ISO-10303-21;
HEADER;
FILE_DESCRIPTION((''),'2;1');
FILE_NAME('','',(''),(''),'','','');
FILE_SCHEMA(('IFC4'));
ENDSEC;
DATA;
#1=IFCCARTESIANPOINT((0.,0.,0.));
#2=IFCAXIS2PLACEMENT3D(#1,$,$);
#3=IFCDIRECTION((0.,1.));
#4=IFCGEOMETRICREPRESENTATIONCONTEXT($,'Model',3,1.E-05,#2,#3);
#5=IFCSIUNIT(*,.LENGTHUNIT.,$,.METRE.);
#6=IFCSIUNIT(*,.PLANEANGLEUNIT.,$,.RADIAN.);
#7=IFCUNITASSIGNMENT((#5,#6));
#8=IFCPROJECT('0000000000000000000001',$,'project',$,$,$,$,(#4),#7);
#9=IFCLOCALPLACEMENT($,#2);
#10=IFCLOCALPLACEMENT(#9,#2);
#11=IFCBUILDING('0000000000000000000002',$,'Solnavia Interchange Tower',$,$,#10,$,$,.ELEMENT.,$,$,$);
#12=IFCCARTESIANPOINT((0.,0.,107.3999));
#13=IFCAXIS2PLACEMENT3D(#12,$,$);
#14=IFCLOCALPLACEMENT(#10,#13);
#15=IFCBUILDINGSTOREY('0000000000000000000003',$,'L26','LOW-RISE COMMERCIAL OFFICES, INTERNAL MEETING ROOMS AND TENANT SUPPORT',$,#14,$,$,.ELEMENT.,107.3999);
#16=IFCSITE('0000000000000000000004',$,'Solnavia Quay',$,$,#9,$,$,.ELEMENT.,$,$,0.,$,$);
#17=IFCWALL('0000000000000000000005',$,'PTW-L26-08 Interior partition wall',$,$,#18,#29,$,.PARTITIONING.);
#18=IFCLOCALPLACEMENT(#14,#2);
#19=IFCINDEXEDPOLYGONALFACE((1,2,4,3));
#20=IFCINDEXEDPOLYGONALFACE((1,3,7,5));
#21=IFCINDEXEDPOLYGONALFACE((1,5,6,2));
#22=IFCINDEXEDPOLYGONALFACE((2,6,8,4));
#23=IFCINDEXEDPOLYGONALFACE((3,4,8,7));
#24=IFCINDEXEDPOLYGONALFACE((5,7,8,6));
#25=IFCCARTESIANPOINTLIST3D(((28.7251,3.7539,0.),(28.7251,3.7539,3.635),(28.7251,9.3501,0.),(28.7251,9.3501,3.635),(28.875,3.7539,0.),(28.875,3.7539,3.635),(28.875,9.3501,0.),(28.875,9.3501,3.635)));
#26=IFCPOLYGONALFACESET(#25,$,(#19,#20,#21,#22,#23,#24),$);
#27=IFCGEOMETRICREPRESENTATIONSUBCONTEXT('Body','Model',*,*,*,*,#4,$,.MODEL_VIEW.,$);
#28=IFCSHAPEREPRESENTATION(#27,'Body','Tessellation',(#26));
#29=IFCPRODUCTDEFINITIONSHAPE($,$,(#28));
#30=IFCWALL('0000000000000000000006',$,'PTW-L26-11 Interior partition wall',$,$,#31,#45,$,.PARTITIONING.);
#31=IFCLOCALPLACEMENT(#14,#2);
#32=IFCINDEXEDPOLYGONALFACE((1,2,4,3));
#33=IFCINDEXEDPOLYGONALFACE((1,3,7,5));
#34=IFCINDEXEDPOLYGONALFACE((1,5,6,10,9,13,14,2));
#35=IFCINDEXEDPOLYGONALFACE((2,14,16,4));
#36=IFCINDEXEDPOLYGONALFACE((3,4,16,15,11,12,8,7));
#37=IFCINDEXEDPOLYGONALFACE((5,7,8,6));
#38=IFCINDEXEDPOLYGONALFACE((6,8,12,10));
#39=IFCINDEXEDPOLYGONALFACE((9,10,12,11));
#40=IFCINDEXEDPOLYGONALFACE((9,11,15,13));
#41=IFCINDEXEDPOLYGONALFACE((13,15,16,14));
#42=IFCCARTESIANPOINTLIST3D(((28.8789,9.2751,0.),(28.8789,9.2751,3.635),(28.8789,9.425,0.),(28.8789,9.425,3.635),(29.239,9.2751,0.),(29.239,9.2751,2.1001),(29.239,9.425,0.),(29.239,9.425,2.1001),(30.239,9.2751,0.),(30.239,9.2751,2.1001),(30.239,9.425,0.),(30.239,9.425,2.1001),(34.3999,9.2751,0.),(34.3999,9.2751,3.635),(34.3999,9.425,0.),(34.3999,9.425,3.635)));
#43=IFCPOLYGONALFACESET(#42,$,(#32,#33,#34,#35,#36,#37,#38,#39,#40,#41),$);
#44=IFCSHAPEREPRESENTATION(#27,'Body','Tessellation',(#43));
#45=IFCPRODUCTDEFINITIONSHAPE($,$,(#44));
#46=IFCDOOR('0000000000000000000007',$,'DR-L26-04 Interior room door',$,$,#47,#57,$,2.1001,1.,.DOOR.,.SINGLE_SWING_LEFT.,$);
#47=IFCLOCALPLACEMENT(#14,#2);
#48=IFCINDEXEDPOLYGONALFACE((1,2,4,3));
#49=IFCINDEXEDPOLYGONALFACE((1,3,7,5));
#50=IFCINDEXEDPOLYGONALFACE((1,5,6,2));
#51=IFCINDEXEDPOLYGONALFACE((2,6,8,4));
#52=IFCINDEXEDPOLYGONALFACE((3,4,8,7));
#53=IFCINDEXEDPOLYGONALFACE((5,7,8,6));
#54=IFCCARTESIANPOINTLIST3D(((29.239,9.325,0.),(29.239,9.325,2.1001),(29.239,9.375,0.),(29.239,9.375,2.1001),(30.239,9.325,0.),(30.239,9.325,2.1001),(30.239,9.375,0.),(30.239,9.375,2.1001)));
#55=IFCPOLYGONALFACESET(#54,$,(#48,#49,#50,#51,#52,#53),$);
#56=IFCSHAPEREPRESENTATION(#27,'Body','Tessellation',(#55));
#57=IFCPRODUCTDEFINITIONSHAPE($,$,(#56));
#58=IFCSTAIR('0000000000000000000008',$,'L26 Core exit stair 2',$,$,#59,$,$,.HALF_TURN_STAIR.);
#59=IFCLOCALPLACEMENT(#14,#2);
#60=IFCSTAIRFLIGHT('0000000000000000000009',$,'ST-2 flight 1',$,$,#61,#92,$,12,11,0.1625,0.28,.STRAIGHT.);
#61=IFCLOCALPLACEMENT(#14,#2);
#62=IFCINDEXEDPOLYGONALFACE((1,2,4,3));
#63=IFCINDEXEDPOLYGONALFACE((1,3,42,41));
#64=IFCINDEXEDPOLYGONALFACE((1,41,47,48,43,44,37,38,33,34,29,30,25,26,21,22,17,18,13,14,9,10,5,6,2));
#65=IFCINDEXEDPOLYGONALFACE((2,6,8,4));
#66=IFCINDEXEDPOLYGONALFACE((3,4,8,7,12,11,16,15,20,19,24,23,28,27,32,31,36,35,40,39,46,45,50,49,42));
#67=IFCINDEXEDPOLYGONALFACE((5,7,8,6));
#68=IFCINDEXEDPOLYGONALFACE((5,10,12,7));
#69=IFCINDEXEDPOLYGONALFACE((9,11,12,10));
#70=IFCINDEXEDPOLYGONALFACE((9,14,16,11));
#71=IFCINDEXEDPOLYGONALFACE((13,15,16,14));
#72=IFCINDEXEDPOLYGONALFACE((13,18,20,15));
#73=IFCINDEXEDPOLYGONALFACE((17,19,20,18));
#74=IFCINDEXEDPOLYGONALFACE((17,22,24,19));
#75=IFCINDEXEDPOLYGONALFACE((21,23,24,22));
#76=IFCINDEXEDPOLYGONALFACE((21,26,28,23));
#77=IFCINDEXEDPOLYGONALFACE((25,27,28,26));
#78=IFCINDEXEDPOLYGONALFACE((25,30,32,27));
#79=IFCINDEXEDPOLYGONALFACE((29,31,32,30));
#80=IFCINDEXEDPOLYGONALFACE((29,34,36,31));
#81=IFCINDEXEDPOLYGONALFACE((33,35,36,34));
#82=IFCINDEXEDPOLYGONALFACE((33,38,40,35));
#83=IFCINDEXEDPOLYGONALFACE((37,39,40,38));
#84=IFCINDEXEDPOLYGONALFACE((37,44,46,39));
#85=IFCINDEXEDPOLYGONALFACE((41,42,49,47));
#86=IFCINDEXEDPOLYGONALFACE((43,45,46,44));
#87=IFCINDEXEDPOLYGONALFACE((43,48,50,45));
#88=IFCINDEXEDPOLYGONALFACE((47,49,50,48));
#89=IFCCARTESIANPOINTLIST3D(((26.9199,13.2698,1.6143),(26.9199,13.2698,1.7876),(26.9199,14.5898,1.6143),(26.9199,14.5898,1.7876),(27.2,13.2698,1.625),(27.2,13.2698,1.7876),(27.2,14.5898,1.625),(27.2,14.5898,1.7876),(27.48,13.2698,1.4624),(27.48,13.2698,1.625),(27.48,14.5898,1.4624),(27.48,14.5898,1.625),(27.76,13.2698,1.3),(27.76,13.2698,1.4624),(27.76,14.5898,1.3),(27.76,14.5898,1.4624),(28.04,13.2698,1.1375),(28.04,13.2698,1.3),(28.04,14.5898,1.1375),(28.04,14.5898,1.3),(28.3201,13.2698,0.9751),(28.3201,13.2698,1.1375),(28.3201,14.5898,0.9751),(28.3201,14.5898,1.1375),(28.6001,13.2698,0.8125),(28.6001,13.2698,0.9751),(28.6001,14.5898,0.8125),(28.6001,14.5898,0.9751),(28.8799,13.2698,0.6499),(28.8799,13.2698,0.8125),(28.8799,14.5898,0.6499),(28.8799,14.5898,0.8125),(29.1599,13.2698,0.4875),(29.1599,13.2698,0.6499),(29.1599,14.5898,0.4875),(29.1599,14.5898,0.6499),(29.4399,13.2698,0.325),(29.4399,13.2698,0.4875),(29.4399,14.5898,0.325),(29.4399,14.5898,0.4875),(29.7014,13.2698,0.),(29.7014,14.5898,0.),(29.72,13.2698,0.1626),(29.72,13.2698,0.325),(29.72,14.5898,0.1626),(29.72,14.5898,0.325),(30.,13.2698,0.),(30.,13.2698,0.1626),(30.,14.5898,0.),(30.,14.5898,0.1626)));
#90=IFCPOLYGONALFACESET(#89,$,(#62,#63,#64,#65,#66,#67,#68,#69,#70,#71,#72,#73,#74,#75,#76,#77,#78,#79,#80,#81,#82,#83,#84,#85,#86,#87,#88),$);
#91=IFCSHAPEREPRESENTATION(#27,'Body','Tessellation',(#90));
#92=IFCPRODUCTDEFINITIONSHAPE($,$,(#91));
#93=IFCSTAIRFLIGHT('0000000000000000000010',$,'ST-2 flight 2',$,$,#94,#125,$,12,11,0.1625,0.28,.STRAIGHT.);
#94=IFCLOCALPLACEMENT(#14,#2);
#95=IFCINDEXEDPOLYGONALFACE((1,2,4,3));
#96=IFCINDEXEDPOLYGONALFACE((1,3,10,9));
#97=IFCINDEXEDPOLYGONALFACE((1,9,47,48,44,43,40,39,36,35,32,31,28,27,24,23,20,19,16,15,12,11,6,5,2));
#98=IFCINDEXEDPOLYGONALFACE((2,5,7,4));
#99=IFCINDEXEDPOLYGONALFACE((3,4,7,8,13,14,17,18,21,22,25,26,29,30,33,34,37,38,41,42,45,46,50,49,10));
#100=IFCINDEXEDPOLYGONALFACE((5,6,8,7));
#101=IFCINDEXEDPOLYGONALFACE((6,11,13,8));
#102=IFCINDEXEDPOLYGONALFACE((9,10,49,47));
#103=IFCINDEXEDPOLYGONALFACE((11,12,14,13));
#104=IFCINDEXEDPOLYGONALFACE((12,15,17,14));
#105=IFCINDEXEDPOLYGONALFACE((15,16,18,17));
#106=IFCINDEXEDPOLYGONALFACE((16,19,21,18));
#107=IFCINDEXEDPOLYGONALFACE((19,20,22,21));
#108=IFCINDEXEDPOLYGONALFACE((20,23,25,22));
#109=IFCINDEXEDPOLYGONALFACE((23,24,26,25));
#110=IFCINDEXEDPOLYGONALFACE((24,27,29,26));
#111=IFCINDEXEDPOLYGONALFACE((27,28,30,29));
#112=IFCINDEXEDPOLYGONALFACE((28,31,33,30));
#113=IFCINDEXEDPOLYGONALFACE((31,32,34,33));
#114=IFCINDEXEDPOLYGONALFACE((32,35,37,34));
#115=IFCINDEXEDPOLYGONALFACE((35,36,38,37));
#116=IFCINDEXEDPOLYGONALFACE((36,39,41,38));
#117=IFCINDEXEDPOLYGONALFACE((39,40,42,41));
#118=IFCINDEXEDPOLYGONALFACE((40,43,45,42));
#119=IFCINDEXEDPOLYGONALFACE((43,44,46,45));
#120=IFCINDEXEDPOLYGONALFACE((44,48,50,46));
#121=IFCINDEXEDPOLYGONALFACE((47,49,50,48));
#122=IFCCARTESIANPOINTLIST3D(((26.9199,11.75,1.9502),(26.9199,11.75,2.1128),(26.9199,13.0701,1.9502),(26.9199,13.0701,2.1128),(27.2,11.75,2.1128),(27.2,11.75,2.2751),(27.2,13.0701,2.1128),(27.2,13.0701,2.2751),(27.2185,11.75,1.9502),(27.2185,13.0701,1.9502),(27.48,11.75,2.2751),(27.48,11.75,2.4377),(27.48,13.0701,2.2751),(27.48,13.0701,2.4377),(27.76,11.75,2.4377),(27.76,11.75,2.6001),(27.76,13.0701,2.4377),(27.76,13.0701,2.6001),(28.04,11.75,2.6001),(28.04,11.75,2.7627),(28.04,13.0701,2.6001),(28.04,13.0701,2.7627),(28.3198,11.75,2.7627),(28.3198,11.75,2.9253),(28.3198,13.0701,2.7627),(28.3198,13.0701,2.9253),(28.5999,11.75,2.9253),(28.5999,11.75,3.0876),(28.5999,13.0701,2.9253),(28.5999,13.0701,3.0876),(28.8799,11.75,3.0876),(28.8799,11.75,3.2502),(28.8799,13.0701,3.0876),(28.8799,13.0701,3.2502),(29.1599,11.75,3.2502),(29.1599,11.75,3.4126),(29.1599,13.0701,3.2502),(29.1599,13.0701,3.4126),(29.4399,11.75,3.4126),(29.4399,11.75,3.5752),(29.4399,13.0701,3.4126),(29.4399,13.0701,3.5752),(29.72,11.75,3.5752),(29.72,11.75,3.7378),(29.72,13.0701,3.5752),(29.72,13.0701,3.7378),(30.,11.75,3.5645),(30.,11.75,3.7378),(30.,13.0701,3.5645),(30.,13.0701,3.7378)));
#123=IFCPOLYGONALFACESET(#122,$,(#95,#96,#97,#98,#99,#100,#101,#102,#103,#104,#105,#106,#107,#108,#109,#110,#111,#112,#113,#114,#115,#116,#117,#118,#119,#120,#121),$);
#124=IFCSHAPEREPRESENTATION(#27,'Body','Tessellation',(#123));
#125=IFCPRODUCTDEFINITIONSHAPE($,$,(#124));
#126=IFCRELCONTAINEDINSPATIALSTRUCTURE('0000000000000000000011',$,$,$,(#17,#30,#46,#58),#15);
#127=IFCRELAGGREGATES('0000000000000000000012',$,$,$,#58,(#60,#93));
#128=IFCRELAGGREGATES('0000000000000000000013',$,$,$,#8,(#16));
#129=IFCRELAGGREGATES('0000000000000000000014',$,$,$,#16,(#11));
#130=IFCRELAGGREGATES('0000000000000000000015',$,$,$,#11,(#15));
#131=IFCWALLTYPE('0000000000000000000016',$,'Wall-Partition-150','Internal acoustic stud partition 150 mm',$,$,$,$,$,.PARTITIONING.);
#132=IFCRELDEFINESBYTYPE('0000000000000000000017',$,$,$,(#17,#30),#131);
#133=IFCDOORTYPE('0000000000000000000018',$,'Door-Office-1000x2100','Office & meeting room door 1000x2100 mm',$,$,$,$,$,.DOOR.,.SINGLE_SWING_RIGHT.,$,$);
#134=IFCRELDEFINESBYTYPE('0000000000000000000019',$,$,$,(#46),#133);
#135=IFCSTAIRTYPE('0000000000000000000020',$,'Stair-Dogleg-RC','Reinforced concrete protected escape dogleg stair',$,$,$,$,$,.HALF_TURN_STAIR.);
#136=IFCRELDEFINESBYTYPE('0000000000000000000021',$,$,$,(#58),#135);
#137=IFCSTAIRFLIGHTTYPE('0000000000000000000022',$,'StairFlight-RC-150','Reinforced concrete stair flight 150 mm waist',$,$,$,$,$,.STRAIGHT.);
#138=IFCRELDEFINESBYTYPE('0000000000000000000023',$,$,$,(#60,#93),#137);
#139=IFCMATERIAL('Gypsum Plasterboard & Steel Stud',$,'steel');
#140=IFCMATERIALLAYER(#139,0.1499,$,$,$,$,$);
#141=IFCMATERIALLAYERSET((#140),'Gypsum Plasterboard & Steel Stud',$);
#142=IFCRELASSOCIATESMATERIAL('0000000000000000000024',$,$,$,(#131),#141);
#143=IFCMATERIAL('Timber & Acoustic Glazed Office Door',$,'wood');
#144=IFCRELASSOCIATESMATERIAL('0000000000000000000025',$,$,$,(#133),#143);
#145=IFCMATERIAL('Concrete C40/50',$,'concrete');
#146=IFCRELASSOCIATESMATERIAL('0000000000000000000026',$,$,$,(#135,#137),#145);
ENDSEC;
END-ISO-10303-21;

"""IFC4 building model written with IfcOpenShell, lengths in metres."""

from ifc_helpers import new_model, si_unit, direction, frame, frame_2d, origin, place, context, subcontext, project, spatial, polyline, rectangle, outline, extrude, material, layer, layer_set, type_object, element, fill, aggregate, save


model = new_model("IFC4")

# Units and contexts
model_context = context("Model", 3, precision=1e-05, world=origin(), true_north=direction((0.0, 1.0)))
body_context = subcontext(model_context, "Body", "Model", "MODEL_VIEW")
ifc_project = project(units=[si_unit("LENGTHUNIT", "METRE"), si_unit("PLANEANGLEUNIT", "RADIAN")], contexts=[model_context])

# Site, building, storey
site_placement = place(None, origin())
site = spatial("IfcSite", under=ifc_project, at=site_placement, Name="Solnavia Quay", CompositionType="ELEMENT", RefElevation=0.0)
building_placement = place(site_placement, origin())
building = spatial("IfcBuilding", under=site, at=building_placement, Name="Solnavia Interchange Tower", CompositionType="ELEMENT")
storey_placement = place(building_placement, frame((0.0, 0.0, 107.3999)))
storey = spatial("IfcBuildingStorey", under=building, at=storey_placement, Name="L26", Description="LOW-RISE COMMERCIAL OFFICES, INTERNAL MEETING ROOMS AND TENANT SUPPORT", CompositionType="ELEMENT", Elevation=107.3999)

# Shared definitions
ifc_material_1 = material(Name="Concrete C40/50", Category="concrete")

# Wall
ifc_material_2 = material(Name="Gypsum Plasterboard & Steel Stud", Category="steel")
ifc_layer_1 = layer(ifc_material_2, 0.1499)
ifc_layer_set_1 = layer_set([ifc_layer_1], Name="Gypsum Plasterboard & Steel Stud")
wall_type_1 = type_object("IfcWallType", Name="Wall-Partition-150", Description="Internal acoustic stud partition 150 mm", PredefinedType="PARTITIONING", material=ifc_layer_set_1)
wall_1_placement = place(storey_placement, frame((28.8, 9.3501, 0.0), z_axis=(0.0, 0.0, 1.0), x_axis=(0.0, -1.0, 0.0)))
element("IfcWall", 1, at=wall_1_placement, inside=storey, type_object=wall_type_1, Name="PTW-L26-08 Interior partition wall", PredefinedType="PARTITIONING", context=body_context, shape_type="SweptSolid", body=[
    extrude(rectangle(XDim=5.5962, YDim=0.1499, at=frame_2d((2.7981, 0.0))), origin(), (0.0, 0.0, 1.0), 3.635),
])

# Wall, opening, door
wall_2_placement = place(storey_placement, frame((28.8789, 9.3501, 0.0), z_axis=(0.0, 0.0, 1.0), x_axis=(1.0, 0.0, 0.0)))
wall_2 = element("IfcWall", 2, at=wall_2_placement, inside=storey, type_object=wall_type_1, Name="PTW-L26-11 Interior partition wall", PredefinedType="PARTITIONING", context=body_context, shape_type="SweptSolid", body=[
    extrude(rectangle(XDim=5.521, YDim=0.1499, at=frame_2d((2.7605, 0.0))), origin(), (0.0, 0.0, 1.0), 3.635),
])
opening_1_placement = place(wall_2_placement, frame((0.3601, 0.0, 0.0)))
opening_1 = element("IfcOpeningElement", 3, at=opening_1_placement, cuts=wall_2, PredefinedType="OPENING", context=body_context, shape_type="SweptSolid", body=[
    extrude(rectangle(XDim=1.0, YDim=2.1001, at=frame_2d((0.5, 1.05))), frame((0.0, 0.085, 0.0), z_axis=(0.0, -1.0, 0.0), x_axis=(1.0, 0.0, 0.0)), (0.0, 0.0, 1.0), 0.1699),
])
ifc_material_3 = material(Name="Timber & Acoustic Glazed Office Door", Category="wood")
door_type = type_object("IfcDoorType", Name="Door-Office-1000x2100", Description="Office & meeting room door 1000x2100 mm", OperationType="SINGLE_SWING_RIGHT", PredefinedType="DOOR", material=ifc_material_3)
door_placement = place(opening_1_placement, origin())
door = element("IfcDoor", 4, at=door_placement, inside=storey, type_object=door_type, Name="DR-L26-04 Interior room door", OperationType="SINGLE_SWING_LEFT", OverallHeight=2.1001, OverallWidth=1.0, PredefinedType="DOOR", context=body_context, shape_type="SweptSolid", body=[
    extrude(rectangle(XDim=1.0, YDim=2.1001, at=frame_2d((0.5, 1.05))), frame((0.0, 0.0249, 0.0), z_axis=(0.0, -1.0, 0.0), x_axis=(1.0, 0.0, 0.0)), (0.0, 0.0, 1.0), 0.05),
])
fill(opening_1, door)

# Stair, stair flights
stair_type = type_object("IfcStairType", Name="Stair-Dogleg-RC", Description="Reinforced concrete protected escape dogleg stair", PredefinedType="HALF_TURN_STAIR", material=ifc_material_1)
stair_placement = place(storey_placement, origin())
stair = element("IfcStair", 5, at=stair_placement, inside=storey, type_object=stair_type, Name="L26 Core exit stair 2", PredefinedType="HALF_TURN_STAIR")
stair_flight_type = type_object("IfcStairFlightType", Name="StairFlight-RC-150", Description="Reinforced concrete stair flight 150 mm waist", PredefinedType="STRAIGHT", material=ifc_material_1)
stair_flight_1_placement = place(storey_placement, frame((30.0, 13.9299, 0.0), z_axis=(0.0, 0.0, 1.0), x_axis=(-1.0, 0.0, 0.0)))
stair_flight_1 = element("IfcStairFlight", 6, at=stair_flight_1_placement, type_object=stair_flight_type, Name="ST-2 flight 1", NumberOfRisers=12, NumberOfTreads=11, PredefinedType="STRAIGHT", RiserHeight=0.1625, TreadLength=0.28, context=body_context, shape_type="SweptSolid", body=[
    extrude(outline(polyline([(0.0, 0.0), (0.0, 0.1626), (0.28, 0.1626), (0.28, 0.325), (0.5601, 0.325), (0.5601, 0.4875), (0.8401, 0.4875), (0.8401, 0.6499), (1.1201, 0.6499), (1.1201, 0.8125), (1.3999, 0.8125), (1.3999, 0.9751), (1.6799, 0.9751), (1.6799, 1.1375), (1.96, 1.1375), (1.96, 1.3), (2.24, 1.3), (2.24, 1.4624), (2.52, 1.4624), (2.52, 1.625), (2.8, 1.625), (2.8, 1.7876), (3.0801, 1.7876), (3.0801, 1.95), (3.0801, 1.6143), (0.2986, 0.0), (0.0, 0.0)])), frame((0.0, 0.6602, 0.0), z_axis=(0.0, -1.0, 0.0), x_axis=(1.0, 0.0, 0.0)), (0.0, 0.0, 1.0), 1.3201),
])
stair_flight_2_placement = place(storey_placement, frame((26.9199, 12.4099, 1.9502), z_axis=(0.0, 0.0, 1.0), x_axis=(1.0, 0.0, 0.0)))
stair_flight_2 = element("IfcStairFlight", 7, at=stair_flight_2_placement, type_object=stair_flight_type, Name="ST-2 flight 2", NumberOfRisers=12, NumberOfTreads=11, PredefinedType="STRAIGHT", RiserHeight=0.1625, TreadLength=0.28, context=body_context, shape_type="SweptSolid", body=[
    extrude(outline(polyline([(0.0, 0.0), (0.0, 0.1626), (0.28, 0.1626), (0.28, 0.325), (0.5601, 0.325), (0.5601, 0.4875), (0.8401, 0.4875), (0.8401, 0.6499), (1.1201, 0.6499), (1.1201, 0.8125), (1.3999, 0.8125), (1.3999, 0.9751), (1.6799, 0.9751), (1.6799, 1.1375), (1.96, 1.1375), (1.96, 1.3), (2.24, 1.3), (2.24, 1.4624), (2.52, 1.4624), (2.52, 1.625), (2.8, 1.625), (2.8, 1.7876), (3.0801, 1.7876), (3.0801, 1.95), (3.0801, 1.6143), (0.2986, 0.0), (0.0, 0.0)])), frame((0.0, 0.6602, 0.0), z_axis=(0.0, -1.0, 0.0), x_axis=(1.0, 0.0, 0.0)), (0.0, 0.0, 1.0), 1.3201),
])
aggregate(stair, [stair_flight_1, stair_flight_2])

save(model, "model.ifc")
